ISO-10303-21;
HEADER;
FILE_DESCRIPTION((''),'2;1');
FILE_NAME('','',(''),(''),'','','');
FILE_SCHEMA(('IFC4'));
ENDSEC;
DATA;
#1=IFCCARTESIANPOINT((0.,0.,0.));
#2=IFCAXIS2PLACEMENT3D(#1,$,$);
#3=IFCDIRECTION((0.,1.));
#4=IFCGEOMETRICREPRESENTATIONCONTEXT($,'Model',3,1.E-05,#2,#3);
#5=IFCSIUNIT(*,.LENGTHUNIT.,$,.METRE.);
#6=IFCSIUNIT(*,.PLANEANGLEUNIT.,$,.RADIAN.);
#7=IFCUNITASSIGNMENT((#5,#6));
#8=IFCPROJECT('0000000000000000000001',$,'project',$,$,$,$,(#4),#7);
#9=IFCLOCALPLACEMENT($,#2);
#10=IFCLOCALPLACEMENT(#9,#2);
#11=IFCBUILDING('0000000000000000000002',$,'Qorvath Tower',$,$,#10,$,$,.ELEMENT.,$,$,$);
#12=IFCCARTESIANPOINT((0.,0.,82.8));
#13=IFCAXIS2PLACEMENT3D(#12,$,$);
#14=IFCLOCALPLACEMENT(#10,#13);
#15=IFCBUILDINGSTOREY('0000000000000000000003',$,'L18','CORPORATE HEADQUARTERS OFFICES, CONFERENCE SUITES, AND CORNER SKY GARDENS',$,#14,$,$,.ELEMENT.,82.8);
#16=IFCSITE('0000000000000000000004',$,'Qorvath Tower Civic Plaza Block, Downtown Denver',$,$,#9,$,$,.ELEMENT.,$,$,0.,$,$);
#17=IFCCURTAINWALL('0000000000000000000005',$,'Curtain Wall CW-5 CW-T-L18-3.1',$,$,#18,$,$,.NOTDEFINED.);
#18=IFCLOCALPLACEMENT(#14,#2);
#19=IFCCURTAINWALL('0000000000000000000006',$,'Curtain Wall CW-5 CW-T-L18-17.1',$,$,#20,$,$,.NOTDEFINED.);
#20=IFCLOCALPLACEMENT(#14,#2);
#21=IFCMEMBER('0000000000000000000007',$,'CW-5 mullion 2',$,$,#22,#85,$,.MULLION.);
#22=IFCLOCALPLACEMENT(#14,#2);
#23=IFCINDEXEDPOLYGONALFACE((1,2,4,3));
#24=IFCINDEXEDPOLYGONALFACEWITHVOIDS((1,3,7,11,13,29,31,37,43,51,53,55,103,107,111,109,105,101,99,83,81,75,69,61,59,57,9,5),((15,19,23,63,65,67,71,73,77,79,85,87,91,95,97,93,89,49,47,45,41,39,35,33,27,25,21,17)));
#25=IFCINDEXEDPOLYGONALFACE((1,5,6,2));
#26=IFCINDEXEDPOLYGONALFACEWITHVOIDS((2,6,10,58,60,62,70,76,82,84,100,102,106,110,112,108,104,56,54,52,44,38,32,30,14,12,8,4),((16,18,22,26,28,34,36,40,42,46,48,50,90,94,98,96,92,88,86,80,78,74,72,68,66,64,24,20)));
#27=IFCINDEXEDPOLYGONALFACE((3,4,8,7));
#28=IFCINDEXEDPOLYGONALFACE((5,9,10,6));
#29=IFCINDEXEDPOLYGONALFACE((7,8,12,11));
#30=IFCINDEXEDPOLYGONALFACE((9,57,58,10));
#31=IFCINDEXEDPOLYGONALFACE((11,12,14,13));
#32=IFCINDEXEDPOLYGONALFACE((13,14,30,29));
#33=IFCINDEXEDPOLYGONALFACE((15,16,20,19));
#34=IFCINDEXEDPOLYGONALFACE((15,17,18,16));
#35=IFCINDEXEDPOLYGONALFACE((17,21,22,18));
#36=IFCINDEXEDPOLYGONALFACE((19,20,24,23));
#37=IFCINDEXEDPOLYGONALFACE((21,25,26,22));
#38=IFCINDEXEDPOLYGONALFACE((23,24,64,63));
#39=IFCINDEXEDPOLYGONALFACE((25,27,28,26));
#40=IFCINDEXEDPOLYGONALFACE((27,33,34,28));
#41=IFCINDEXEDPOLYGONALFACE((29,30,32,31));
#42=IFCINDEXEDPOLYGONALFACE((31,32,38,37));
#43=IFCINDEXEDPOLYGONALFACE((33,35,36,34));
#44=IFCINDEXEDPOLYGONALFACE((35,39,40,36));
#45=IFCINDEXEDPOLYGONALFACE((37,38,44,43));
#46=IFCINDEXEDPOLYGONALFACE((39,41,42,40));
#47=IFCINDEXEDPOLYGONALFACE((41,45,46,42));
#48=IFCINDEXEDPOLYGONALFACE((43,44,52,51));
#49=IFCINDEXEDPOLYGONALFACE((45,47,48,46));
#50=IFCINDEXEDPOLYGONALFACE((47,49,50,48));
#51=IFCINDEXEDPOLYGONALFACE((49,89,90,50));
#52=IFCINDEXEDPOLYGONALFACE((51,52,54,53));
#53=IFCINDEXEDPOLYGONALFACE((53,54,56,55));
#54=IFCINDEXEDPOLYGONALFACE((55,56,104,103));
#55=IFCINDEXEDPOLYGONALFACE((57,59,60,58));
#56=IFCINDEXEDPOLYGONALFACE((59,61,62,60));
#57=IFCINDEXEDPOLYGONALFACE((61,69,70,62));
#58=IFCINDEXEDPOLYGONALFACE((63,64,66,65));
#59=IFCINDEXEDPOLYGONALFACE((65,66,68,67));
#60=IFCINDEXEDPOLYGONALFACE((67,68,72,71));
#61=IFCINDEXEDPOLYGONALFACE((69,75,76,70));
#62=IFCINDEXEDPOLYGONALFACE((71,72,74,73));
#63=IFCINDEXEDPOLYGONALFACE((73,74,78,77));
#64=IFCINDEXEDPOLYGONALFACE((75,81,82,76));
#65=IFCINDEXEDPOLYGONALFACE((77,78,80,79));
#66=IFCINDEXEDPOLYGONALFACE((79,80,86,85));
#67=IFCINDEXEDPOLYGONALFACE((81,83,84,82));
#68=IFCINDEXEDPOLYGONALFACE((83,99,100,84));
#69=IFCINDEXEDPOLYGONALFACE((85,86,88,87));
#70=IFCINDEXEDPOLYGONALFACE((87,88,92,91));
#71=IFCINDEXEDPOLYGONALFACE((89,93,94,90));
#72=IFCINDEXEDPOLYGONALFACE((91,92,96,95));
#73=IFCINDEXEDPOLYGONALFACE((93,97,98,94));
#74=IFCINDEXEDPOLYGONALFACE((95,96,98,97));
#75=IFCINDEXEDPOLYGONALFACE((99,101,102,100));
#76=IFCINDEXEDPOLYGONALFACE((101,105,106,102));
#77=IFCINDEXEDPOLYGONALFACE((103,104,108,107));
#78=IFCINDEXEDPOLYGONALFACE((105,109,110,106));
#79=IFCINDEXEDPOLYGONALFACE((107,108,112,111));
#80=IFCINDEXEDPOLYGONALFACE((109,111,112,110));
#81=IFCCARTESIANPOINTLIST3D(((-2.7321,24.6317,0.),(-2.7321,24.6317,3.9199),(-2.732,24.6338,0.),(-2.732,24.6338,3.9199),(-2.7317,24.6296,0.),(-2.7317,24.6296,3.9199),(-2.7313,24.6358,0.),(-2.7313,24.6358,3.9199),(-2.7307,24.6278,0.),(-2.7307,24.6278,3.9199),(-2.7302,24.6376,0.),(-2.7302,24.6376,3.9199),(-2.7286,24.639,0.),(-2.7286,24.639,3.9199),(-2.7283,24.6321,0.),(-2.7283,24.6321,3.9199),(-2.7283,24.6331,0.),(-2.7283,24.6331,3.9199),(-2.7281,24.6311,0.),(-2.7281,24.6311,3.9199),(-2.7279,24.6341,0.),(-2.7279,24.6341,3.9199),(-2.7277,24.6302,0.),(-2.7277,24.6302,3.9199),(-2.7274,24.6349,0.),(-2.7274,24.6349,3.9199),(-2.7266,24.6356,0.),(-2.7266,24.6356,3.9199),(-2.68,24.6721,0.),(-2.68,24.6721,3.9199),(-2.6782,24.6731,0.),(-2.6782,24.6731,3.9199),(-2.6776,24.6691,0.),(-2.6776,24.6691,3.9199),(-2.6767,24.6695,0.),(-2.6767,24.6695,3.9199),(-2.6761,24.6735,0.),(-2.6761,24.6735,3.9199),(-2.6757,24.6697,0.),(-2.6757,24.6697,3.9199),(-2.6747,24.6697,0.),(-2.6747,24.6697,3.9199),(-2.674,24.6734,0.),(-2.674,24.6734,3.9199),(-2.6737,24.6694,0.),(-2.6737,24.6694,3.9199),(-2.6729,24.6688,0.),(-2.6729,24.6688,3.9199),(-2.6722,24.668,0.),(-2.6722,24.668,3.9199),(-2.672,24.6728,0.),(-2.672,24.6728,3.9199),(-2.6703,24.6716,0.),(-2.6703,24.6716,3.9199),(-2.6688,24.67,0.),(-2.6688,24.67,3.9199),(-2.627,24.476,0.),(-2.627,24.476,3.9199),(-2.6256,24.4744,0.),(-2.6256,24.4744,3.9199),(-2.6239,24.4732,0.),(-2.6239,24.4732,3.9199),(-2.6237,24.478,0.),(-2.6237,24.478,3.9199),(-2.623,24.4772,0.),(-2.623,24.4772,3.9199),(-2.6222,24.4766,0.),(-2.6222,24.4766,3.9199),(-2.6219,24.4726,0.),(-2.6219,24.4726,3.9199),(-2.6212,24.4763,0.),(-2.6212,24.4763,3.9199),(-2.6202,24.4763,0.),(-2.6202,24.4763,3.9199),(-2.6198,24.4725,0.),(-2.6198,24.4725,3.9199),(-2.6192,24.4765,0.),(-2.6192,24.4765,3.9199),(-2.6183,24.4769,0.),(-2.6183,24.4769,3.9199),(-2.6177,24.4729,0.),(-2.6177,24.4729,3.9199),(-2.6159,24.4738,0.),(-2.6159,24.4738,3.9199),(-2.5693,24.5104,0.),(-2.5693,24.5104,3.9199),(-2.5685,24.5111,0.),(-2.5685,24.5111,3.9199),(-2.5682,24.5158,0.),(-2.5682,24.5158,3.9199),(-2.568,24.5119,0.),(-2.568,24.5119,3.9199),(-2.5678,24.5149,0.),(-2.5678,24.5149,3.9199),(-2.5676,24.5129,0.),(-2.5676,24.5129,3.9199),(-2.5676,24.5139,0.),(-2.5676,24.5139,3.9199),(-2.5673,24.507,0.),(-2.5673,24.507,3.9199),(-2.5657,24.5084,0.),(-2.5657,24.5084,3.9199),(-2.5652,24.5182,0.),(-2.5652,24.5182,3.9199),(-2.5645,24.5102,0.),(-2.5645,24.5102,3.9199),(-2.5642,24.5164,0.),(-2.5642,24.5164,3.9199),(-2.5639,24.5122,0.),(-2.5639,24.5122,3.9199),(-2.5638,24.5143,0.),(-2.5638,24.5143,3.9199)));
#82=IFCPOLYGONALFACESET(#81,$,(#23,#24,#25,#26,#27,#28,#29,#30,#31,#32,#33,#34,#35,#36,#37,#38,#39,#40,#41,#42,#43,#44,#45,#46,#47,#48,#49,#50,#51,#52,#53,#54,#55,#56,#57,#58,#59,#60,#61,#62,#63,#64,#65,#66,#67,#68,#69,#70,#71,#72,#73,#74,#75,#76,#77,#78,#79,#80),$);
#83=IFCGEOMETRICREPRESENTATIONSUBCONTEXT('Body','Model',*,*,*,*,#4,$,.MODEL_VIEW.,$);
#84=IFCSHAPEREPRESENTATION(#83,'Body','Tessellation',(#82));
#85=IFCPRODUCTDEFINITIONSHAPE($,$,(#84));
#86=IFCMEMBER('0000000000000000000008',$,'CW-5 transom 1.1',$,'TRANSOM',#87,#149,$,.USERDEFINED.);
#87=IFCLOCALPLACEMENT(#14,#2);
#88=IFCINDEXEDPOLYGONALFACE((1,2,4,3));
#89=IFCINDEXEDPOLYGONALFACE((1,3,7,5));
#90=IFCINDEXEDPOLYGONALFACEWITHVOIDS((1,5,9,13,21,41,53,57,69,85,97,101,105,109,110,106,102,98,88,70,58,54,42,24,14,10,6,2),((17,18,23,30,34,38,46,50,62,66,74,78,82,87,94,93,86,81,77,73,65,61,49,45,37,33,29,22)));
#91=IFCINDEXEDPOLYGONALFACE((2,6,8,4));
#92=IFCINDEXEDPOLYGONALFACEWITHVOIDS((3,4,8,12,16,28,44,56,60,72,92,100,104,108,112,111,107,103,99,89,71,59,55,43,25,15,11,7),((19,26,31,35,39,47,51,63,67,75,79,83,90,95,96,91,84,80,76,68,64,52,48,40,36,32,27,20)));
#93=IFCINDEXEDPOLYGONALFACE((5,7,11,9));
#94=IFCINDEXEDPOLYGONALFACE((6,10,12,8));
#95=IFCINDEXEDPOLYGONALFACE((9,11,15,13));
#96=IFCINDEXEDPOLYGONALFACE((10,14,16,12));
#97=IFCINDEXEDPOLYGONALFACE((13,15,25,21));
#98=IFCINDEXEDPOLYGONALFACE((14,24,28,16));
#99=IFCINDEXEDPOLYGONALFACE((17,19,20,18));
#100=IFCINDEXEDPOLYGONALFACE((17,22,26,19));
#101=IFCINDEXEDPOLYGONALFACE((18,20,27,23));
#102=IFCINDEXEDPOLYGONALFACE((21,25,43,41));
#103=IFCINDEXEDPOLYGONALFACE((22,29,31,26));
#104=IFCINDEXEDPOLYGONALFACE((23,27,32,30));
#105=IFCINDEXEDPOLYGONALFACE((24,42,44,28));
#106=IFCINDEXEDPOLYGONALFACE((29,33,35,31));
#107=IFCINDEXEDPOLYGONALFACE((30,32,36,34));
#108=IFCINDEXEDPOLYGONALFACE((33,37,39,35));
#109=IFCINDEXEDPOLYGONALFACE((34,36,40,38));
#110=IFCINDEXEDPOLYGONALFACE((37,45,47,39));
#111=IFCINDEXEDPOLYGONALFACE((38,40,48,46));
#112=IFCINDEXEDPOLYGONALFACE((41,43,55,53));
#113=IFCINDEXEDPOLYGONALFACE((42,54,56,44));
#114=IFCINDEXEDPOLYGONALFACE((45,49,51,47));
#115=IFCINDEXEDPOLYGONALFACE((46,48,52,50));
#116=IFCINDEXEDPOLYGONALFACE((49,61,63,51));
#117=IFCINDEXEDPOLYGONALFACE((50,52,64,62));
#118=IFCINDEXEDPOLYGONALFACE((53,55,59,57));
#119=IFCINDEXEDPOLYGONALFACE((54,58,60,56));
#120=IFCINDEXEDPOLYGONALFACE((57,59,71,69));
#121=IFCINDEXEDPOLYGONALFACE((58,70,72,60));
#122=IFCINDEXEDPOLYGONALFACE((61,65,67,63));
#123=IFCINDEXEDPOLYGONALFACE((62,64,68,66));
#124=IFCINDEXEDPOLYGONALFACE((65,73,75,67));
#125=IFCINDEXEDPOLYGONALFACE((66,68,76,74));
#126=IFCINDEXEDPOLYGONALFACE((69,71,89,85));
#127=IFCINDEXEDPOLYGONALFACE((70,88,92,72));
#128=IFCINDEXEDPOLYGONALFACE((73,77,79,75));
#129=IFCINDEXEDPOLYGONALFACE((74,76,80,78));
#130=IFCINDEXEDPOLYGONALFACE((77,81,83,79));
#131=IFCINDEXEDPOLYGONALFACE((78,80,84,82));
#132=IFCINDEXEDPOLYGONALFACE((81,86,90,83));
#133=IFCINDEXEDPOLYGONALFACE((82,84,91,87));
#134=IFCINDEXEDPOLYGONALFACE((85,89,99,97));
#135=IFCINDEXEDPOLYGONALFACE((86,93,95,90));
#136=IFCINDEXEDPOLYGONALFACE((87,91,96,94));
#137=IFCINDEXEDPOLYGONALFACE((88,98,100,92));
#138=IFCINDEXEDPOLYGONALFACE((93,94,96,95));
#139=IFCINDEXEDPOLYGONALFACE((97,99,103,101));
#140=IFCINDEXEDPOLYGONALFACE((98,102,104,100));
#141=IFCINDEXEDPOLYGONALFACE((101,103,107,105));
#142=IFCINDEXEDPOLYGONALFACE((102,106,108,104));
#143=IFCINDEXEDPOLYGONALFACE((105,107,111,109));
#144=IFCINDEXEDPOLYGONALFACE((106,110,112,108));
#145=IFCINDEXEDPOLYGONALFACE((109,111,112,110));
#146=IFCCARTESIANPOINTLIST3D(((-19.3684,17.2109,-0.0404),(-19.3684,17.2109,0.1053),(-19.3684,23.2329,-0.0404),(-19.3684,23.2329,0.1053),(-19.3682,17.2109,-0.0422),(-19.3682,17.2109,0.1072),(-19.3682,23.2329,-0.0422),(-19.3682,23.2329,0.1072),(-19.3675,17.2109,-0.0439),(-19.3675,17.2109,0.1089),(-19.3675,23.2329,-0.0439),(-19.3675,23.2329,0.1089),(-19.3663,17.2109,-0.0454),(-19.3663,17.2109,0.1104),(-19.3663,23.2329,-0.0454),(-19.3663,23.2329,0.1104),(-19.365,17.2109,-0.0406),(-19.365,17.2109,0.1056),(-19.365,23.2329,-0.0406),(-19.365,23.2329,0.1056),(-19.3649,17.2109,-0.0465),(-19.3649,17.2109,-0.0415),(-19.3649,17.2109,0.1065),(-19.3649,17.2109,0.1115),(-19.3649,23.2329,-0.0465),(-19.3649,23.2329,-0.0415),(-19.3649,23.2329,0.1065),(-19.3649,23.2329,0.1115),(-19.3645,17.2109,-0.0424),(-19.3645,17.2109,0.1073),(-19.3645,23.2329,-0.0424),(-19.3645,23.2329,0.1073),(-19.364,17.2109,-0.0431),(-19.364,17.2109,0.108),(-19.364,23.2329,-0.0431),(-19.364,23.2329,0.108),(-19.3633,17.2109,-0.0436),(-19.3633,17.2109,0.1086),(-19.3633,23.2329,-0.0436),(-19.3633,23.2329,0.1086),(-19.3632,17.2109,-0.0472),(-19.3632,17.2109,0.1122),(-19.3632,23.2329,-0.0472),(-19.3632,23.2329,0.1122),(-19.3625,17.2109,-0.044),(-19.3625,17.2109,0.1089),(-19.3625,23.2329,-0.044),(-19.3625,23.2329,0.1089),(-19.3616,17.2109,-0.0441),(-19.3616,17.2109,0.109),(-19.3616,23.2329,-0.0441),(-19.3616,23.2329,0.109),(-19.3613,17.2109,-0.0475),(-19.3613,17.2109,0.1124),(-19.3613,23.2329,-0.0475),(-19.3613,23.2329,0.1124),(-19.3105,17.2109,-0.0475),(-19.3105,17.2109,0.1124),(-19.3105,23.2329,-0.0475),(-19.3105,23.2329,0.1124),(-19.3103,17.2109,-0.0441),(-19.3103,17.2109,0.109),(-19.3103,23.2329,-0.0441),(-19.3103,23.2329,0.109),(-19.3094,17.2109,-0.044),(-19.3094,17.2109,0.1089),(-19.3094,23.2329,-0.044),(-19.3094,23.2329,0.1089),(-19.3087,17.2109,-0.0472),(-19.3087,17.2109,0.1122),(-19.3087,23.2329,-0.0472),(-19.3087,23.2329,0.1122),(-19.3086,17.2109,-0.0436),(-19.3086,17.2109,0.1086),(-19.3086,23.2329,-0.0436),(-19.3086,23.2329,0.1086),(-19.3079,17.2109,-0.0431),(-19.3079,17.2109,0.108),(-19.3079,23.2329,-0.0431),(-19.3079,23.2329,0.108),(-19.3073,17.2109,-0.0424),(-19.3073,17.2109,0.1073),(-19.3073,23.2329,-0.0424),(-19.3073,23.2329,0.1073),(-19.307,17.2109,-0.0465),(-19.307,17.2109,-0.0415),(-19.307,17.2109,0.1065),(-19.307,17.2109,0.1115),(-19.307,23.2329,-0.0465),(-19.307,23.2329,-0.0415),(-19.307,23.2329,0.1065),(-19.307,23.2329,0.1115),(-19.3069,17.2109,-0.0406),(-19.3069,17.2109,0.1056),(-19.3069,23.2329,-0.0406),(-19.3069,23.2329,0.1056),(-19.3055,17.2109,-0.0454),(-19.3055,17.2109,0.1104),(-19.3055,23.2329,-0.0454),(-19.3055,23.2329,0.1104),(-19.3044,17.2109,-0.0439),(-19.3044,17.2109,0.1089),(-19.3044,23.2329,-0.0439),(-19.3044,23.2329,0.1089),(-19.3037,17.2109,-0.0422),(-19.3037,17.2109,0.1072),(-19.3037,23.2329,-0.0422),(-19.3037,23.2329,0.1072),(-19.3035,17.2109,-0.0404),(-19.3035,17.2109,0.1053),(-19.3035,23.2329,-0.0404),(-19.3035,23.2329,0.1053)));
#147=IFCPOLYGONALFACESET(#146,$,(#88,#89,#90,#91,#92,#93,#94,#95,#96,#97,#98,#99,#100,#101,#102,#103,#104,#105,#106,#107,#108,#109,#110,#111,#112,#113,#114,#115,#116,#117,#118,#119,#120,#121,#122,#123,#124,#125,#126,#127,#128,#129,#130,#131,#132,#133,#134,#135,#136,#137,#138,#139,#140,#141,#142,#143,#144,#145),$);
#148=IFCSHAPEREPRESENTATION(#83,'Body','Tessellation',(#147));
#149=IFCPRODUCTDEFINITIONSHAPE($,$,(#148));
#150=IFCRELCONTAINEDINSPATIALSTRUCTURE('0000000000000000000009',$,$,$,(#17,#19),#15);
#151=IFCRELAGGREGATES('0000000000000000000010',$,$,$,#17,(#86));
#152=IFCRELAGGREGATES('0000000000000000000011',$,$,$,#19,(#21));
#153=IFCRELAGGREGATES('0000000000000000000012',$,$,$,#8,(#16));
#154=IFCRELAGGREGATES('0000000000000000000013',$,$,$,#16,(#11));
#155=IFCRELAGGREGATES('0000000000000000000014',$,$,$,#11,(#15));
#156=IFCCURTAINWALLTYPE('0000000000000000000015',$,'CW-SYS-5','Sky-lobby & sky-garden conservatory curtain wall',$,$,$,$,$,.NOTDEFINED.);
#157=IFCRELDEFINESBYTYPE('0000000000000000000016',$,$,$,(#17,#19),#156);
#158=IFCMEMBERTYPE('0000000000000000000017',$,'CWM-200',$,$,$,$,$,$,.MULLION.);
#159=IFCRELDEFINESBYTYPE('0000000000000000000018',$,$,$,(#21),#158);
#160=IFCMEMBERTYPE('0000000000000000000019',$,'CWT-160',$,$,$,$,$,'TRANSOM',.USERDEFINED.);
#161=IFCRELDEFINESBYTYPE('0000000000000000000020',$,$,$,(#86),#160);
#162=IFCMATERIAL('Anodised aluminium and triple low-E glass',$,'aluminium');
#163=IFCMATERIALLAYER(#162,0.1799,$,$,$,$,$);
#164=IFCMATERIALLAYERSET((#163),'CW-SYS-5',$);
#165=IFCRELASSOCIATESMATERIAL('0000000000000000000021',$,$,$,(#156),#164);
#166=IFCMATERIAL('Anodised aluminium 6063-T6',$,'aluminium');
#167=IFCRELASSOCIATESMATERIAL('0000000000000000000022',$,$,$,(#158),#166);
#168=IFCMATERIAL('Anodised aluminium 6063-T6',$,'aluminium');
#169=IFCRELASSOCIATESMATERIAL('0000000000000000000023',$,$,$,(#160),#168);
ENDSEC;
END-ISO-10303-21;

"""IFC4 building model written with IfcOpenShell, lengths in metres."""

from ifc_helpers import new_model, si_unit, direction, frame, origin, origin_2d, place, context, subcontext, project, spatial, hollow_rectangle, extrude, material, layer, layer_set, material_profile, profile_set, type_object, element, aggregate, save


model = new_model("IFC4")

# Units and contexts
model_context = context("Model", 3, precision=1e-05, world=origin(), true_north=direction((0.0, 1.0)))
body_context = subcontext(model_context, "Body", "Model", "MODEL_VIEW")
ifc_project = project(units=[si_unit("LENGTHUNIT", "METRE"), si_unit("PLANEANGLEUNIT", "RADIAN")], contexts=[model_context])

# Site, building, storey
site_placement = place(None, origin())
site = spatial("IfcSite", under=ifc_project, at=site_placement, Name="Qorvath Tower Civic Plaza Block, Downtown Denver", CompositionType="ELEMENT", RefElevation=0.0)
building_placement = place(site_placement, origin())
building = spatial("IfcBuilding", under=site, at=building_placement, Name="Qorvath Tower", CompositionType="ELEMENT")
storey_placement = place(building_placement, frame((0.0, 0.0, 82.8)))
storey = spatial("IfcBuildingStorey", under=building, at=storey_placement, Name="L18", Description="CORPORATE HEADQUARTERS OFFICES, CONFERENCE SUITES, AND CORNER SKY GARDENS", CompositionType="ELEMENT", Elevation=82.8)

# Shared definitions
ifc_material_1 = material(Name="Anodised aluminium and triple low-E glass", Category="aluminium")
ifc_layer_1 = layer(ifc_material_1, 0.1799)
ifc_layer_set_1 = layer_set([ifc_layer_1], Name="CW-SYS-5")
curtain_wall_type = type_object("IfcCurtainWallType", Name="CW-SYS-5", Description="Sky-lobby & sky-garden conservatory curtain wall", PredefinedType="NOTDEFINED", material=ifc_layer_set_1)
ifc_material_2 = material(Name="Anodised aluminium 6063-T6", Category="aluminium")
ifc_material_profile_1 = material_profile(ifc_material_2, hollow_rectangle(XDim=0.075, YDim=0.2, WallThickness=0.0039, InnerFilletRadius=0.0039, OuterFilletRadius=0.0081, at=origin_2d()), Name="CWM 200x75")
ifc_profile_set_1 = profile_set([ifc_material_profile_1], Name="Anodised aluminium 6063-T6")
member_type_1 = type_object("IfcMemberType", Name="CWM-200", PredefinedType="MULLION", material=ifc_profile_set_1)

# Curtain wall
curtain_wall_1_placement = place(storey_placement, origin())
curtain_wall_1 = element("IfcCurtainWall", 1, at=curtain_wall_1_placement, inside=storey, type_object=curtain_wall_type, Name="Curtain Wall CW-5 CW-T-L18-3.1", PredefinedType="NOTDEFINED")

# Curtain wall, member
curtain_wall_2_placement = place(storey_placement, origin())
curtain_wall_2 = element("IfcCurtainWall", 2, at=curtain_wall_2_placement, inside=storey, type_object=curtain_wall_type, Name="Curtain Wall CW-5 CW-T-L18-17.1", PredefinedType="NOTDEFINED")
member_1_placement = place(storey_placement, frame((-2.6479, 24.573, 0.0), z_axis=(0.0, 0.0, 1.0), x_axis=(-0.82575, -0.564036, 0.0)))
member_1 = element("IfcMember", 3, at=member_1_placement, type_object=member_type_1, Name="CW-5 mullion 2", PredefinedType="MULLION", context=body_context, shape_type="SweptSolid", body=[
    extrude(hollow_rectangle(XDim=0.075, YDim=0.2, WallThickness=0.0039, InnerFilletRadius=0.0039, OuterFilletRadius=0.0081, at=origin_2d()), origin(), (0.0, 0.0, 1.0), 3.9199),
])

# Member
ifc_material_3 = material(Name="Anodised aluminium 6063-T6", Category="aluminium")
ifc_material_profile_2 = material_profile(ifc_material_3, hollow_rectangle(XDim=0.0649, YDim=0.1599, WallThickness=0.0034, InnerFilletRadius=0.0034, OuterFilletRadius=0.0071, at=origin_2d()), Name="CWT 160x65")
ifc_profile_set_2 = profile_set([ifc_material_profile_2], Name="Anodised aluminium 6063-T6")
member_type_2 = type_object("IfcMemberType", Name="CWT-160", ElementType="TRANSOM", PredefinedType="USERDEFINED", material=ifc_profile_set_2)
member_2_placement = place(storey_placement, frame((-19.3359, 17.2109, 0.0325), z_axis=(0.0, 1.0, 0.0), x_axis=(-1.0, 0.0, 0.0)))
member_2 = element("IfcMember", 4, at=member_2_placement, type_object=member_type_2, Name="CW-5 transom 1.1", ObjectType="TRANSOM", PredefinedType="USERDEFINED", context=body_context, shape_type="SweptSolid", body=[
    extrude(hollow_rectangle(XDim=0.0649, YDim=0.1599, WallThickness=0.0034, InnerFilletRadius=0.0034, OuterFilletRadius=0.0071, at=origin_2d()), origin(), (0.0, 0.0, 1.0), 6.022),
])

aggregate(curtain_wall_1, [member_2])
aggregate(curtain_wall_2, [member_1])

save(model, "model.ifc")
